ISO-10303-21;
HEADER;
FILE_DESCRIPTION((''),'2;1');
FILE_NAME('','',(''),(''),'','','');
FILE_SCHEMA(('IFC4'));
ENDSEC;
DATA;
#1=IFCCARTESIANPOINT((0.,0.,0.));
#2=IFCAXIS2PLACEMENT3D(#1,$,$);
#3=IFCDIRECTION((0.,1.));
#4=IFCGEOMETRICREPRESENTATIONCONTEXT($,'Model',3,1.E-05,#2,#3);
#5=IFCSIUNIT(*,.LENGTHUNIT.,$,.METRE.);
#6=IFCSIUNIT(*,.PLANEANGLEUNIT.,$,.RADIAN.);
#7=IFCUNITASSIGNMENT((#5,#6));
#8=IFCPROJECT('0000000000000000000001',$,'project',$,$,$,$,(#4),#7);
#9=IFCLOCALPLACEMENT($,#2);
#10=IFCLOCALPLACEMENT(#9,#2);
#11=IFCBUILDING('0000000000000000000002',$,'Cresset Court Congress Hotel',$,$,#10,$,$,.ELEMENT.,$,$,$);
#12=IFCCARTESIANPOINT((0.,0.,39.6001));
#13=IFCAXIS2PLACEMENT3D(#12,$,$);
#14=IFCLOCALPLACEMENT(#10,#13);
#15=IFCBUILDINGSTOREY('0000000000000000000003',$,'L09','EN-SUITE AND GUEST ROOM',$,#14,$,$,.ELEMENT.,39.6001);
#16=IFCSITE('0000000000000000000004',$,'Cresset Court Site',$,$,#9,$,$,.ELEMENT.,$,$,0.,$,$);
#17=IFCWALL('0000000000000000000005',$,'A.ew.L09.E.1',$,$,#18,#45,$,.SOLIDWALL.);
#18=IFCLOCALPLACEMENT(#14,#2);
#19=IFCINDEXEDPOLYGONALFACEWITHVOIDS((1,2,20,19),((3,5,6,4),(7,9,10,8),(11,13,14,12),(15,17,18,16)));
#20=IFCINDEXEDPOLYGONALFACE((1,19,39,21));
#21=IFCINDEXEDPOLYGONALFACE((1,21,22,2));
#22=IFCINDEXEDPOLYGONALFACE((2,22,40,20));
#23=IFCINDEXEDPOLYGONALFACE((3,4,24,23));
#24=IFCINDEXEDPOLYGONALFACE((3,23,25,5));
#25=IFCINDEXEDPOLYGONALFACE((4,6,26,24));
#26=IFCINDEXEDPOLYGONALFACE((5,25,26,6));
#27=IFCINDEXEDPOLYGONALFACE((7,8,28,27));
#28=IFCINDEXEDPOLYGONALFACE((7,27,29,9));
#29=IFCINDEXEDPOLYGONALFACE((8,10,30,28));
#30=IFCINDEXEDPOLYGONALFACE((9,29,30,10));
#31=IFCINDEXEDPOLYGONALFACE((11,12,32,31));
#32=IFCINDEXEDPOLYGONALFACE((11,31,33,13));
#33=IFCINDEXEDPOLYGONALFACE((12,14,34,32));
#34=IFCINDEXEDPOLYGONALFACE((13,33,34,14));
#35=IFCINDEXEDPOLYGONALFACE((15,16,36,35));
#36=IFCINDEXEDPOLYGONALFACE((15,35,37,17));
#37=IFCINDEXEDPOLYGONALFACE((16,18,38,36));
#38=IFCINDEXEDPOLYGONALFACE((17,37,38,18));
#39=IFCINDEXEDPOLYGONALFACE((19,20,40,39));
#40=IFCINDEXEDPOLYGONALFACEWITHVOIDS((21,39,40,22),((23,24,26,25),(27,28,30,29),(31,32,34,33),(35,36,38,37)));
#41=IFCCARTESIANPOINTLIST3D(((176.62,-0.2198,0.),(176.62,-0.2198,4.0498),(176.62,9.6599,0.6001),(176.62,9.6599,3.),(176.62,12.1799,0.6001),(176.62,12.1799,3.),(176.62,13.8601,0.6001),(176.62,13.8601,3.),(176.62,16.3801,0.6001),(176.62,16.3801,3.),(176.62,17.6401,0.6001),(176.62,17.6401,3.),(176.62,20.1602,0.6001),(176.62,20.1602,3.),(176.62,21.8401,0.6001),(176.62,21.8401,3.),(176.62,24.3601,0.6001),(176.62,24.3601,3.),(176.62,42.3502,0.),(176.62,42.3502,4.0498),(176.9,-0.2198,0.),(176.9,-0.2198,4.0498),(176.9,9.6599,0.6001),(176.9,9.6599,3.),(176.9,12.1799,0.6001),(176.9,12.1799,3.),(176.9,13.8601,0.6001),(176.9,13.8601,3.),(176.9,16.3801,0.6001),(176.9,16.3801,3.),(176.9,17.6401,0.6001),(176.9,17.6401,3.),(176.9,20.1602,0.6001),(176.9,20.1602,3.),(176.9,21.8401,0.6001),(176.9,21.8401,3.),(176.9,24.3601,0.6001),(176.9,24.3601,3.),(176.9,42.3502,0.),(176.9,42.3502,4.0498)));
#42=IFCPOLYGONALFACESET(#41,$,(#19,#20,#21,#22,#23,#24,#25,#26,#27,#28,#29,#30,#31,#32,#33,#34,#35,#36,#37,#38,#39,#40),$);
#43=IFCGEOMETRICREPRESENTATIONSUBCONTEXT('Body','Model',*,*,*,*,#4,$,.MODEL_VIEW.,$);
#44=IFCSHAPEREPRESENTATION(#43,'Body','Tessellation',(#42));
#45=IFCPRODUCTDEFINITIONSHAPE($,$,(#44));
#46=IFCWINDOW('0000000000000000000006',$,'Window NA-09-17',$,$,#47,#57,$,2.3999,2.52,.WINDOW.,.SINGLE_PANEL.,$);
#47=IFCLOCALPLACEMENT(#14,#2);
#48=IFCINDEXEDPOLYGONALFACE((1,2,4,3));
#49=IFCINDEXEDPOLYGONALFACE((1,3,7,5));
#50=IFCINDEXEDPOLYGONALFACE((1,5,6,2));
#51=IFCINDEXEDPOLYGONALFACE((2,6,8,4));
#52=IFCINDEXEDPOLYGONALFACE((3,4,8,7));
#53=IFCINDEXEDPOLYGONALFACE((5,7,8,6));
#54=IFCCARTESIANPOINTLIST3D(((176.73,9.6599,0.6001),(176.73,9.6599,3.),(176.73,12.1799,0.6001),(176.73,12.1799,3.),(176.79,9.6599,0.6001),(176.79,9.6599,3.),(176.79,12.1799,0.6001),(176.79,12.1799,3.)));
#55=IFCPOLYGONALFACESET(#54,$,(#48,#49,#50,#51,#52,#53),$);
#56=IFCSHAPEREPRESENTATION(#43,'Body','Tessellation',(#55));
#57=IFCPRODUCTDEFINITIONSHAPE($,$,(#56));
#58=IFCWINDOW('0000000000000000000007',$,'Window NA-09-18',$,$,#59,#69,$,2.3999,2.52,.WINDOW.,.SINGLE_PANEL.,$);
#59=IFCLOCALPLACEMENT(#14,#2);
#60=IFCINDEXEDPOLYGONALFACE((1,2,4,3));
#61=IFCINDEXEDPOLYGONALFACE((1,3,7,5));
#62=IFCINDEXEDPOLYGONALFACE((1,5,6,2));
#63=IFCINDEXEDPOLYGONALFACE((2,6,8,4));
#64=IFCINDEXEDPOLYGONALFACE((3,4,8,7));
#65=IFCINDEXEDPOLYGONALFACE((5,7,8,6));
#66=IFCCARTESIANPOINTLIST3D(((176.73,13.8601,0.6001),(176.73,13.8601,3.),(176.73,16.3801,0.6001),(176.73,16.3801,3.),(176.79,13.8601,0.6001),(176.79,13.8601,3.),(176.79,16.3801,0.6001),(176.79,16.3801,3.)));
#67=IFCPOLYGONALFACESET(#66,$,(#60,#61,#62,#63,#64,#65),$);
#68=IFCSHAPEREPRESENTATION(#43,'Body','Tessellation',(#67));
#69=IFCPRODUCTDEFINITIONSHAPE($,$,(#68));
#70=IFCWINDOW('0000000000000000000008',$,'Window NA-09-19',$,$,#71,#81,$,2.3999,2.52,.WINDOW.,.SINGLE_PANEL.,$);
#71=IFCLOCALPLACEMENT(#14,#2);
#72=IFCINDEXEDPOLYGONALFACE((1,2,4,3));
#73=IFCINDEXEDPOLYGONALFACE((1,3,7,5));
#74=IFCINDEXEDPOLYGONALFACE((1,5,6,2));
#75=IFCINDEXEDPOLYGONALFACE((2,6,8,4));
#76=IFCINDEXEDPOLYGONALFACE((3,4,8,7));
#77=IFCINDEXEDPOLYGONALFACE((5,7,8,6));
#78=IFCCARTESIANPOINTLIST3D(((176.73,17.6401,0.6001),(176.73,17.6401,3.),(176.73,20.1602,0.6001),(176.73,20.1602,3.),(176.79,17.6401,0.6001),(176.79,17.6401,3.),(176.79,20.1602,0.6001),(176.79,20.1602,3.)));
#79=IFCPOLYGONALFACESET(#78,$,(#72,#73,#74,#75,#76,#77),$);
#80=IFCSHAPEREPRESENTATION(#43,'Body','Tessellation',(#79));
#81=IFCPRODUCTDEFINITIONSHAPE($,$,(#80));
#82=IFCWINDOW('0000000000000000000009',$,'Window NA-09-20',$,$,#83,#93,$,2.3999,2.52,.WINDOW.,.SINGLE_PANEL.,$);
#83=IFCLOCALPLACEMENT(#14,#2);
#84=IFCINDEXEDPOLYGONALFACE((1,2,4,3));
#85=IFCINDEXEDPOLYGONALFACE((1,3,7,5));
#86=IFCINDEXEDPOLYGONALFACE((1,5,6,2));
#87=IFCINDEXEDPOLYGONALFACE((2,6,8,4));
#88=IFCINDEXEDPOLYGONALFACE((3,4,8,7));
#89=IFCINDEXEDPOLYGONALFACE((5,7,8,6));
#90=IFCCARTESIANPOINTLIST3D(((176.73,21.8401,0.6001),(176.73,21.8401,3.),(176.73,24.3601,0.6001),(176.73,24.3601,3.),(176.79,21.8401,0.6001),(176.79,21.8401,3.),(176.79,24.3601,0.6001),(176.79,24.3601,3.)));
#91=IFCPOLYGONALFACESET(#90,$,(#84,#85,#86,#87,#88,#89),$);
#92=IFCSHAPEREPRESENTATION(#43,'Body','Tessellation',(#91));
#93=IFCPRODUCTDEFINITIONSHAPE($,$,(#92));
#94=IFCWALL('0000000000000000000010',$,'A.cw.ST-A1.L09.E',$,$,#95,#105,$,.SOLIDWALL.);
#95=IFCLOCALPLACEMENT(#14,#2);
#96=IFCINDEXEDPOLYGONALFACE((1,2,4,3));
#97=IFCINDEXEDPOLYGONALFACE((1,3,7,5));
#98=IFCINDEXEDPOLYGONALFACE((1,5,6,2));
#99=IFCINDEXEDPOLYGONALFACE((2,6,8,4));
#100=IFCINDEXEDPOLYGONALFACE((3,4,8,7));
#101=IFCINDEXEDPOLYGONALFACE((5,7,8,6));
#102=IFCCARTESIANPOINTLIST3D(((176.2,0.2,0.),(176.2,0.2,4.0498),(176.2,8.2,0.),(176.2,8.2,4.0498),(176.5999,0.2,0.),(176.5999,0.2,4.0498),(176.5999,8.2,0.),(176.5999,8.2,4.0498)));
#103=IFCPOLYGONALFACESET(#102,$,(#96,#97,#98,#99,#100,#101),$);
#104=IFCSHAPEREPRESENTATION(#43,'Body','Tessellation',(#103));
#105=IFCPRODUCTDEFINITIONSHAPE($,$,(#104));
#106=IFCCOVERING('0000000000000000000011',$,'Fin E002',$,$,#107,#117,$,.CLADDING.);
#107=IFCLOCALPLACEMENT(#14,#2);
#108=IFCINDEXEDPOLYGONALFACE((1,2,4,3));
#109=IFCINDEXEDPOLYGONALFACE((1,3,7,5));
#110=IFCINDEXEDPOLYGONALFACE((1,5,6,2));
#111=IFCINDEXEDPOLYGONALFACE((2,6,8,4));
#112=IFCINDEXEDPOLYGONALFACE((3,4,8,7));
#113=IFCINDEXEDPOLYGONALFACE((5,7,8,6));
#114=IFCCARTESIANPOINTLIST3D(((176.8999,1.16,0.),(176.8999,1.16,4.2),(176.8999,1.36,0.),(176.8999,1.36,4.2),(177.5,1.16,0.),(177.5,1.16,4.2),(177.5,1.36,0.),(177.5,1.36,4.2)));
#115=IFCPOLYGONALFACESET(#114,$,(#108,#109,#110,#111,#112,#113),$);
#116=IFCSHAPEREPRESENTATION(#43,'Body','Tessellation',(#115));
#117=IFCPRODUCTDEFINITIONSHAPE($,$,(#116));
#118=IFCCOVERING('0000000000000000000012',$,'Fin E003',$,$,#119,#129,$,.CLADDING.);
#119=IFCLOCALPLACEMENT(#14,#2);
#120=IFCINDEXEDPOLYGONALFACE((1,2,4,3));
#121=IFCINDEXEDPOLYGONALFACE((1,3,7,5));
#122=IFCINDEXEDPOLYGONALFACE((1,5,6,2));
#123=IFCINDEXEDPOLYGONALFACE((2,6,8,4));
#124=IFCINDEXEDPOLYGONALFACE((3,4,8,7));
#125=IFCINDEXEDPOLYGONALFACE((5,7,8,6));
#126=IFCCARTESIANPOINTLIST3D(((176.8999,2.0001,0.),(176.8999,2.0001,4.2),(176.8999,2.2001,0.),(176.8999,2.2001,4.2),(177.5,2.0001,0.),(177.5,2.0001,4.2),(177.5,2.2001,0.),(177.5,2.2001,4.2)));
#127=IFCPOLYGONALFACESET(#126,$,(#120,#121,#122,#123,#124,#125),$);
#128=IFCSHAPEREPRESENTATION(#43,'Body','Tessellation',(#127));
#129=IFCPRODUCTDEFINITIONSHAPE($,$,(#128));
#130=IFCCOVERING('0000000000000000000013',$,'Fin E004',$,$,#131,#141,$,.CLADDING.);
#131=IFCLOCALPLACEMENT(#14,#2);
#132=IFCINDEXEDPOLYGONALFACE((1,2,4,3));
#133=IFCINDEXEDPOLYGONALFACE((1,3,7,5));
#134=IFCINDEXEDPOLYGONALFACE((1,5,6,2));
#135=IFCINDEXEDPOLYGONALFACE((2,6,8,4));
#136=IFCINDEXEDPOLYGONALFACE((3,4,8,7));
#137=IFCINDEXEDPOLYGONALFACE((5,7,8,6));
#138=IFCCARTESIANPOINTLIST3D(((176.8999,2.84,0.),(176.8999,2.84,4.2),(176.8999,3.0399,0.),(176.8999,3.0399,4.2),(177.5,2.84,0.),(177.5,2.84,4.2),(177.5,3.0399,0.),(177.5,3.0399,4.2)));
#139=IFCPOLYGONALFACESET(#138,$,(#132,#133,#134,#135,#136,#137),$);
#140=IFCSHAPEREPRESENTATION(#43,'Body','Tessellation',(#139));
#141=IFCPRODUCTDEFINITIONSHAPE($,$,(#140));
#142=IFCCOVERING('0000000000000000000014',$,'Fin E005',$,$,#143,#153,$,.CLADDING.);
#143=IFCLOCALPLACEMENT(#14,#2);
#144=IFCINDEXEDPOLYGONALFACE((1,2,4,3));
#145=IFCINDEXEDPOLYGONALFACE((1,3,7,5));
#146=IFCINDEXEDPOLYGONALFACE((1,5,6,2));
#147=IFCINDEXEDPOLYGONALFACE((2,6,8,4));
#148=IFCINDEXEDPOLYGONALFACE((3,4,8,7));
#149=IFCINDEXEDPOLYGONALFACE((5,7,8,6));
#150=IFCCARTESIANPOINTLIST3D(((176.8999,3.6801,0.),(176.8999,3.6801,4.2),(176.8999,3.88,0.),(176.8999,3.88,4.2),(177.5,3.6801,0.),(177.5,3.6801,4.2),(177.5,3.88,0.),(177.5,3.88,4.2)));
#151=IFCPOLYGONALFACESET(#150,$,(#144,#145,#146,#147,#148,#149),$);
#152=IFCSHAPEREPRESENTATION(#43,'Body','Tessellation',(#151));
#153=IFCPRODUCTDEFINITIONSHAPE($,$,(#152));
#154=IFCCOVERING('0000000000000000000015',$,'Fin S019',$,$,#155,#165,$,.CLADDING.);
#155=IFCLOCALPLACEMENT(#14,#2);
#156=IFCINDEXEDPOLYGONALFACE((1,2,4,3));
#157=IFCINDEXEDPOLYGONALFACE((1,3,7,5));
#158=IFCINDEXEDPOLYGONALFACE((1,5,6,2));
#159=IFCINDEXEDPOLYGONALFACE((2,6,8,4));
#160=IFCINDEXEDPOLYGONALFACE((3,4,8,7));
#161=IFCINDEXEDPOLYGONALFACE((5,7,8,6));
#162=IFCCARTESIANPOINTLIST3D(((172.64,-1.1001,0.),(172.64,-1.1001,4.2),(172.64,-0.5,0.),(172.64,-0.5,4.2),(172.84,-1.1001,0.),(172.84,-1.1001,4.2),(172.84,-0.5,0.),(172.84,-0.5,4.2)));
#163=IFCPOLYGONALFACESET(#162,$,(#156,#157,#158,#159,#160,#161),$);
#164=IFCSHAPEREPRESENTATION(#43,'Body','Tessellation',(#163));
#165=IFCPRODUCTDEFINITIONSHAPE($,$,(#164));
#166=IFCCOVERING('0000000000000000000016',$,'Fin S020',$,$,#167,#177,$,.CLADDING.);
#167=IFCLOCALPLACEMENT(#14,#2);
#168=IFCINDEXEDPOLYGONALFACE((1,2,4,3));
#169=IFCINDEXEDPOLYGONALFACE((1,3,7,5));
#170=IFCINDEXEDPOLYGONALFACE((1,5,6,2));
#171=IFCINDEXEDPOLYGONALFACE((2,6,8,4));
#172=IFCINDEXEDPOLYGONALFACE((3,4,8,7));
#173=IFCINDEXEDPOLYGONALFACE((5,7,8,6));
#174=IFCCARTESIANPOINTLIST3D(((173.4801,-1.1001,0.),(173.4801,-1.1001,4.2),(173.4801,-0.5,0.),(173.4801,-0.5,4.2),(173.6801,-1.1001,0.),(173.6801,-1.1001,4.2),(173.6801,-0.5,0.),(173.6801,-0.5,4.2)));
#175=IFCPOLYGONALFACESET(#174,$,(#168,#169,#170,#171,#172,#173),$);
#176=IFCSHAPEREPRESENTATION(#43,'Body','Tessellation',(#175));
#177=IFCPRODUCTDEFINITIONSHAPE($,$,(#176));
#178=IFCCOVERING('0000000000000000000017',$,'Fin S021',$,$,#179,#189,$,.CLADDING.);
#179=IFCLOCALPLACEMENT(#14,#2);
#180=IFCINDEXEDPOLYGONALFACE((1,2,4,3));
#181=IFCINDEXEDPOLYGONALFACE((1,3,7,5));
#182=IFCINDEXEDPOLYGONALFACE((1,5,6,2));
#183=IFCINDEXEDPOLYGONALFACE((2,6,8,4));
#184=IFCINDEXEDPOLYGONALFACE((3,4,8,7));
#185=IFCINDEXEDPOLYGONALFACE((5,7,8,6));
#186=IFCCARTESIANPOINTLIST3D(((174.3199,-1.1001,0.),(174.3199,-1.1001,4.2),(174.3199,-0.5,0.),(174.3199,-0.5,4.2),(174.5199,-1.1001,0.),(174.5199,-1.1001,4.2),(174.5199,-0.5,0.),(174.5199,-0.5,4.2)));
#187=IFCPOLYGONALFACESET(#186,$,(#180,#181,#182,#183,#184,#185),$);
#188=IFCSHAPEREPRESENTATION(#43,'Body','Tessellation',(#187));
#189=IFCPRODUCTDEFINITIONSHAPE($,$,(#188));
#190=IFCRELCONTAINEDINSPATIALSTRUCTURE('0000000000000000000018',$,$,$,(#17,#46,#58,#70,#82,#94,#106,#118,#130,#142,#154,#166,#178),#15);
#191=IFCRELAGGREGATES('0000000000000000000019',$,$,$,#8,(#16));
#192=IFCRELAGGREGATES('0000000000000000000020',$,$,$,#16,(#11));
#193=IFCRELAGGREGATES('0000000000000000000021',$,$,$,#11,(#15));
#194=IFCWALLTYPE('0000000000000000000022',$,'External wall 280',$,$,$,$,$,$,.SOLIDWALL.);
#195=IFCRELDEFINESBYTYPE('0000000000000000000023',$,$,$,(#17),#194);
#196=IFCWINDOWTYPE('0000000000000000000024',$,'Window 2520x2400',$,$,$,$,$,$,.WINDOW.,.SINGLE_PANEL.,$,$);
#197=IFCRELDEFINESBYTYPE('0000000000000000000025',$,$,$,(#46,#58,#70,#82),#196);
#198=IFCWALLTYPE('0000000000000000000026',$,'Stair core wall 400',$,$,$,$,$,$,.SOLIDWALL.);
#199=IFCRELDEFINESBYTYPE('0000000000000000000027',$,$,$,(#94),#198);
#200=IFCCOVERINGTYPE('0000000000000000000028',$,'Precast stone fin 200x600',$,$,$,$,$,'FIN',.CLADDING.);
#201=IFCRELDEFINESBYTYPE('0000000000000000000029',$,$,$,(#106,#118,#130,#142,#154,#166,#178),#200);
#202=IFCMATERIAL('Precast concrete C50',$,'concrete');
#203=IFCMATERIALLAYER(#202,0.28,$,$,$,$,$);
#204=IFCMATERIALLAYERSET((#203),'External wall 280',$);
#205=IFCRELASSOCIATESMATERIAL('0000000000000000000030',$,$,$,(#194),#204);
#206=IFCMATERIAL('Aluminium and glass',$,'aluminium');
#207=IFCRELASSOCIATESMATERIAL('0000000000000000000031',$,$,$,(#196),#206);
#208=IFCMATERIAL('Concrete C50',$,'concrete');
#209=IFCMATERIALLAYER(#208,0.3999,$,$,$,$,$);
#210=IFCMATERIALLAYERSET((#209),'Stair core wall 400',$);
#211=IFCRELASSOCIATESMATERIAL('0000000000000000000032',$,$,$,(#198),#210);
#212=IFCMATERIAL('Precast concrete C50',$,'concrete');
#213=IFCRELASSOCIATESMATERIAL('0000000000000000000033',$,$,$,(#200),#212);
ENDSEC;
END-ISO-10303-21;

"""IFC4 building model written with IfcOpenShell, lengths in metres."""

from ifc_helpers import new_model, si_unit, direction, frame, frame_2d, origin, origin_2d, place, context, subcontext, project, spatial, rectangle, extrude, material, layer, layer_set, type_object, element, fill, save


model = new_model("IFC4")

# Units and contexts
model_context = context("Model", 3, precision=1e-05, world=origin(), true_north=direction((0.0, 1.0)))
body_context = subcontext(model_context, "Body", "Model", "MODEL_VIEW")
ifc_project = project(units=[si_unit("LENGTHUNIT", "METRE"), si_unit("PLANEANGLEUNIT", "RADIAN")], contexts=[model_context])

# Site, building, storey
site_placement = place(None, origin())
site = spatial("IfcSite", under=ifc_project, at=site_placement, Name="Cresset Court Site", CompositionType="ELEMENT", RefElevation=0.0)
building_placement = place(site_placement, origin())
building = spatial("IfcBuilding", under=site, at=building_placement, Name="Cresset Court Congress Hotel", CompositionType="ELEMENT")
storey_placement = place(building_placement, frame((0.0, 0.0, 39.6001)))
storey = spatial("IfcBuildingStorey", under=building, at=storey_placement, Name="L09", Description="EN-SUITE AND GUEST ROOM", CompositionType="ELEMENT", Elevation=39.6001)

# Wall, openings, windows
ifc_material_1 = material(Name="Precast concrete C50", Category="concrete")
ifc_layer_1 = layer(ifc_material_1, 0.28)
ifc_layer_set_1 = layer_set([ifc_layer_1], Name="External wall 280")
wall_type_1 = type_object("IfcWallType", Name="External wall 280", PredefinedType="SOLIDWALL", material=ifc_layer_set_1)
wall_1_placement = place(storey_placement, frame((176.76, -0.22, 0.0), z_axis=(0.0, 0.0, 1.0), x_axis=(0.0, 1.0, 0.0)))
wall_1 = element("IfcWall", 1, at=wall_1_placement, inside=storey, type_object=wall_type_1, Name="A.ew.L09.E.1", PredefinedType="SOLIDWALL", context=body_context, shape_type="SweptSolid", body=[
    extrude(rectangle(XDim=42.5701, YDim=0.28, at=frame_2d((21.2852, 0.0))), origin(), (0.0, 0.0, 1.0), 4.0498),
])
opening_1_placement = place(wall_1_placement, frame((9.8799, 0.0, 0.6001)))
opening_1 = element("IfcOpeningElement", 2, at=opening_1_placement, cuts=wall_1, PredefinedType="OPENING", context=body_context, shape_type="SweptSolid", body=[
    extrude(rectangle(XDim=2.52, YDim=2.3999, at=frame_2d((1.26, 1.2))), frame((0.0, 0.1499, 0.0), z_axis=(0.0, -1.0, 0.0), x_axis=(1.0, 0.0, 0.0)), (0.0, 0.0, 1.0), 0.3),
])
opening_2_placement = place(wall_1_placement, frame((14.0801, 0.0, 0.6001)))
opening_2 = element("IfcOpeningElement", 3, at=opening_2_placement, cuts=wall_1, PredefinedType="OPENING", context=body_context, shape_type="SweptSolid", body=[
    extrude(rectangle(XDim=2.52, YDim=2.3999, at=frame_2d((1.26, 1.2))), frame((0.0, 0.1499, 0.0), z_axis=(0.0, -1.0, 0.0), x_axis=(1.0, 0.0, 0.0)), (0.0, 0.0, 1.0), 0.3),
])
opening_3_placement = place(wall_1_placement, frame((17.8601, 0.0, 0.6001)))
opening_3 = element("IfcOpeningElement", 4, at=opening_3_placement, cuts=wall_1, PredefinedType="OPENING", context=body_context, shape_type="SweptSolid", body=[
    extrude(rectangle(XDim=2.52, YDim=2.3999, at=frame_2d((1.26, 1.2))), frame((0.0, 0.1499, 0.0), z_axis=(0.0, -1.0, 0.0), x_axis=(1.0, 0.0, 0.0)), (0.0, 0.0, 1.0), 0.3),
])
opening_4_placement = place(wall_1_placement, frame((22.0601, 0.0, 0.6001)))
opening_4 = element("IfcOpeningElement", 5, at=opening_4_placement, cuts=wall_1, PredefinedType="OPENING", context=body_context, shape_type="SweptSolid", body=[
    extrude(rectangle(XDim=2.52, YDim=2.3999, at=frame_2d((1.26, 1.2))), frame((0.0, 0.1499, 0.0), z_axis=(0.0, -1.0, 0.0), x_axis=(1.0, 0.0, 0.0)), (0.0, 0.0, 1.0), 0.3),
])
ifc_material_2 = material(Name="Aluminium and glass", Category="aluminium")
window_type = type_object("IfcWindowType", Name="Window 2520x2400", PartitioningType="SINGLE_PANEL", PredefinedType="WINDOW", material=ifc_material_2)
window_1_placement = place(opening_1_placement, origin())
window_1 = element("IfcWindow", 6, at=window_1_placement, inside=storey, type_object=window_type, Name="Window NA-09-17", OverallHeight=2.3999, OverallWidth=2.52, PartitioningType="SINGLE_PANEL", PredefinedType="WINDOW", context=body_context, shape_type="SweptSolid", body=[
    extrude(rectangle(XDim=2.52, YDim=2.3999, at=frame_2d((1.26, 1.2))), frame((0.0, 0.03, 0.0), z_axis=(0.0, -1.0, 0.0), x_axis=(1.0, 0.0, 0.0)), (0.0, 0.0, 1.0), 0.0601),
])
fill(opening_1, window_1)
window_2_placement = place(opening_2_placement, origin())
window_2 = element("IfcWindow", 7, at=window_2_placement, inside=storey, type_object=window_type, Name="Window NA-09-18", OverallHeight=2.3999, OverallWidth=2.52, PartitioningType="SINGLE_PANEL", PredefinedType="WINDOW", context=body_context, shape_type="SweptSolid", body=[
    extrude(rectangle(XDim=2.52, YDim=2.3999, at=frame_2d((1.26, 1.2))), frame((0.0, 0.03, 0.0), z_axis=(0.0, -1.0, 0.0), x_axis=(1.0, 0.0, 0.0)), (0.0, 0.0, 1.0), 0.0601),
])
fill(opening_2, window_2)
window_3_placement = place(opening_3_placement, origin())
window_3 = element("IfcWindow", 8, at=window_3_placement, inside=storey, type_object=window_type, Name="Window NA-09-19", OverallHeight=2.3999, OverallWidth=2.52, PartitioningType="SINGLE_PANEL", PredefinedType="WINDOW", context=body_context, shape_type="SweptSolid", body=[
    extrude(rectangle(XDim=2.52, YDim=2.3999, at=frame_2d((1.26, 1.2))), frame((0.0, 0.03, 0.0), z_axis=(0.0, -1.0, 0.0), x_axis=(1.0, 0.0, 0.0)), (0.0, 0.0, 1.0), 0.0601),
])
fill(opening_3, window_3)
window_4_placement = place(opening_4_placement, origin())
window_4 = element("IfcWindow", 9, at=window_4_placement, inside=storey, type_object=window_type, Name="Window NA-09-20", OverallHeight=2.3999, OverallWidth=2.52, PartitioningType="SINGLE_PANEL", PredefinedType="WINDOW", context=body_context, shape_type="SweptSolid", body=[
    extrude(rectangle(XDim=2.52, YDim=2.3999, at=frame_2d((1.26, 1.2))), frame((0.0, 0.03, 0.0), z_axis=(0.0, -1.0, 0.0), x_axis=(1.0, 0.0, 0.0)), (0.0, 0.0, 1.0), 0.0601),
])
fill(opening_4, window_4)

# Wall
ifc_material_3 = material(Name="Concrete C50", Category="concrete")
ifc_layer_2 = layer(ifc_material_3, 0.3999)
ifc_layer_set_2 = layer_set([ifc_layer_2], Name="Stair core wall 400")
wall_type_2 = type_object("IfcWallType", Name="Stair core wall 400", PredefinedType="SOLIDWALL", material=ifc_layer_set_2)
wall_2_placement = place(storey_placement, frame((176.3999, 0.2, 0.0), z_axis=(0.0, 0.0, 1.0), x_axis=(0.0, 1.0, 0.0)))
element("IfcWall", 10, at=wall_2_placement, inside=storey, type_object=wall_type_2, Name="A.cw.ST-A1.L09.E", PredefinedType="SOLIDWALL", context=body_context, shape_type="SweptSolid", body=[
    extrude(rectangle(XDim=8.0, YDim=0.3999, at=frame_2d((4.0, 0.0))), origin(), (0.0, 0.0, 1.0), 4.0498),
])

# Coverings
ifc_material_4 = material(Name="Precast concrete C50", Category="concrete")
covering_type_1 = type_object("IfcCoveringType", Name="Precast stone fin 200x600", ElementType="FIN", PredefinedType="CLADDING", material=ifc_material_4)
for number, where, z_axis, x_axis, name in (
    (11, (177.2, 1.26, 0.0), (0.0, 0.0, 1.0), (1.0, 0.0, 0.0), "Fin E002"),
    (12, (177.2, 2.1001, 0.0), (0.0, 0.0, 1.0), (1.0, 0.0, 0.0), "Fin E003"),
    (13, (177.2, 2.9399, 0.0), (0.0, 0.0, 1.0), (1.0, 0.0, 0.0), "Fin E004"),
    (14, (177.2, 3.78, 0.0), (0.0, 0.0, 1.0), (1.0, 0.0, 0.0), "Fin E005"),
):
    element("IfcCovering", number, at=place(storey_placement, frame(where, z_axis=z_axis, x_axis=x_axis)), inside=storey, type_object=covering_type_1, Name=name, PredefinedType="CLADDING", context=body_context, shape_type="SweptSolid", body=[
        extrude(rectangle(XDim=0.6001, YDim=0.2, at=origin_2d()), origin(), (0.0, 0.0, 1.0), 4.2),
    ])
for number, where, z_axis, x_axis, name in (
    (15, (172.74, -0.8, 0.0), (0.0, 0.0, 1.0), (1.0, 0.0, 0.0), "Fin S019"),
    (16, (173.5801, -0.8, 0.0), (0.0, 0.0, 1.0), (1.0, 0.0, 0.0), "Fin S020"),
    (17, (174.4199, -0.8, 0.0), (0.0, 0.0, 1.0), (1.0, 0.0, 0.0), "Fin S021"),
):
    element("IfcCovering", number, at=place(storey_placement, frame(where, z_axis=z_axis, x_axis=x_axis)), inside=storey, type_object=covering_type_1, Name=name, PredefinedType="CLADDING", context=body_context, shape_type="SweptSolid", body=[
        extrude(rectangle(XDim=0.2, YDim=0.6001, at=origin_2d()), origin(), (0.0, 0.0, 1.0), 4.2),
    ])

save(model, "model.ifc")
